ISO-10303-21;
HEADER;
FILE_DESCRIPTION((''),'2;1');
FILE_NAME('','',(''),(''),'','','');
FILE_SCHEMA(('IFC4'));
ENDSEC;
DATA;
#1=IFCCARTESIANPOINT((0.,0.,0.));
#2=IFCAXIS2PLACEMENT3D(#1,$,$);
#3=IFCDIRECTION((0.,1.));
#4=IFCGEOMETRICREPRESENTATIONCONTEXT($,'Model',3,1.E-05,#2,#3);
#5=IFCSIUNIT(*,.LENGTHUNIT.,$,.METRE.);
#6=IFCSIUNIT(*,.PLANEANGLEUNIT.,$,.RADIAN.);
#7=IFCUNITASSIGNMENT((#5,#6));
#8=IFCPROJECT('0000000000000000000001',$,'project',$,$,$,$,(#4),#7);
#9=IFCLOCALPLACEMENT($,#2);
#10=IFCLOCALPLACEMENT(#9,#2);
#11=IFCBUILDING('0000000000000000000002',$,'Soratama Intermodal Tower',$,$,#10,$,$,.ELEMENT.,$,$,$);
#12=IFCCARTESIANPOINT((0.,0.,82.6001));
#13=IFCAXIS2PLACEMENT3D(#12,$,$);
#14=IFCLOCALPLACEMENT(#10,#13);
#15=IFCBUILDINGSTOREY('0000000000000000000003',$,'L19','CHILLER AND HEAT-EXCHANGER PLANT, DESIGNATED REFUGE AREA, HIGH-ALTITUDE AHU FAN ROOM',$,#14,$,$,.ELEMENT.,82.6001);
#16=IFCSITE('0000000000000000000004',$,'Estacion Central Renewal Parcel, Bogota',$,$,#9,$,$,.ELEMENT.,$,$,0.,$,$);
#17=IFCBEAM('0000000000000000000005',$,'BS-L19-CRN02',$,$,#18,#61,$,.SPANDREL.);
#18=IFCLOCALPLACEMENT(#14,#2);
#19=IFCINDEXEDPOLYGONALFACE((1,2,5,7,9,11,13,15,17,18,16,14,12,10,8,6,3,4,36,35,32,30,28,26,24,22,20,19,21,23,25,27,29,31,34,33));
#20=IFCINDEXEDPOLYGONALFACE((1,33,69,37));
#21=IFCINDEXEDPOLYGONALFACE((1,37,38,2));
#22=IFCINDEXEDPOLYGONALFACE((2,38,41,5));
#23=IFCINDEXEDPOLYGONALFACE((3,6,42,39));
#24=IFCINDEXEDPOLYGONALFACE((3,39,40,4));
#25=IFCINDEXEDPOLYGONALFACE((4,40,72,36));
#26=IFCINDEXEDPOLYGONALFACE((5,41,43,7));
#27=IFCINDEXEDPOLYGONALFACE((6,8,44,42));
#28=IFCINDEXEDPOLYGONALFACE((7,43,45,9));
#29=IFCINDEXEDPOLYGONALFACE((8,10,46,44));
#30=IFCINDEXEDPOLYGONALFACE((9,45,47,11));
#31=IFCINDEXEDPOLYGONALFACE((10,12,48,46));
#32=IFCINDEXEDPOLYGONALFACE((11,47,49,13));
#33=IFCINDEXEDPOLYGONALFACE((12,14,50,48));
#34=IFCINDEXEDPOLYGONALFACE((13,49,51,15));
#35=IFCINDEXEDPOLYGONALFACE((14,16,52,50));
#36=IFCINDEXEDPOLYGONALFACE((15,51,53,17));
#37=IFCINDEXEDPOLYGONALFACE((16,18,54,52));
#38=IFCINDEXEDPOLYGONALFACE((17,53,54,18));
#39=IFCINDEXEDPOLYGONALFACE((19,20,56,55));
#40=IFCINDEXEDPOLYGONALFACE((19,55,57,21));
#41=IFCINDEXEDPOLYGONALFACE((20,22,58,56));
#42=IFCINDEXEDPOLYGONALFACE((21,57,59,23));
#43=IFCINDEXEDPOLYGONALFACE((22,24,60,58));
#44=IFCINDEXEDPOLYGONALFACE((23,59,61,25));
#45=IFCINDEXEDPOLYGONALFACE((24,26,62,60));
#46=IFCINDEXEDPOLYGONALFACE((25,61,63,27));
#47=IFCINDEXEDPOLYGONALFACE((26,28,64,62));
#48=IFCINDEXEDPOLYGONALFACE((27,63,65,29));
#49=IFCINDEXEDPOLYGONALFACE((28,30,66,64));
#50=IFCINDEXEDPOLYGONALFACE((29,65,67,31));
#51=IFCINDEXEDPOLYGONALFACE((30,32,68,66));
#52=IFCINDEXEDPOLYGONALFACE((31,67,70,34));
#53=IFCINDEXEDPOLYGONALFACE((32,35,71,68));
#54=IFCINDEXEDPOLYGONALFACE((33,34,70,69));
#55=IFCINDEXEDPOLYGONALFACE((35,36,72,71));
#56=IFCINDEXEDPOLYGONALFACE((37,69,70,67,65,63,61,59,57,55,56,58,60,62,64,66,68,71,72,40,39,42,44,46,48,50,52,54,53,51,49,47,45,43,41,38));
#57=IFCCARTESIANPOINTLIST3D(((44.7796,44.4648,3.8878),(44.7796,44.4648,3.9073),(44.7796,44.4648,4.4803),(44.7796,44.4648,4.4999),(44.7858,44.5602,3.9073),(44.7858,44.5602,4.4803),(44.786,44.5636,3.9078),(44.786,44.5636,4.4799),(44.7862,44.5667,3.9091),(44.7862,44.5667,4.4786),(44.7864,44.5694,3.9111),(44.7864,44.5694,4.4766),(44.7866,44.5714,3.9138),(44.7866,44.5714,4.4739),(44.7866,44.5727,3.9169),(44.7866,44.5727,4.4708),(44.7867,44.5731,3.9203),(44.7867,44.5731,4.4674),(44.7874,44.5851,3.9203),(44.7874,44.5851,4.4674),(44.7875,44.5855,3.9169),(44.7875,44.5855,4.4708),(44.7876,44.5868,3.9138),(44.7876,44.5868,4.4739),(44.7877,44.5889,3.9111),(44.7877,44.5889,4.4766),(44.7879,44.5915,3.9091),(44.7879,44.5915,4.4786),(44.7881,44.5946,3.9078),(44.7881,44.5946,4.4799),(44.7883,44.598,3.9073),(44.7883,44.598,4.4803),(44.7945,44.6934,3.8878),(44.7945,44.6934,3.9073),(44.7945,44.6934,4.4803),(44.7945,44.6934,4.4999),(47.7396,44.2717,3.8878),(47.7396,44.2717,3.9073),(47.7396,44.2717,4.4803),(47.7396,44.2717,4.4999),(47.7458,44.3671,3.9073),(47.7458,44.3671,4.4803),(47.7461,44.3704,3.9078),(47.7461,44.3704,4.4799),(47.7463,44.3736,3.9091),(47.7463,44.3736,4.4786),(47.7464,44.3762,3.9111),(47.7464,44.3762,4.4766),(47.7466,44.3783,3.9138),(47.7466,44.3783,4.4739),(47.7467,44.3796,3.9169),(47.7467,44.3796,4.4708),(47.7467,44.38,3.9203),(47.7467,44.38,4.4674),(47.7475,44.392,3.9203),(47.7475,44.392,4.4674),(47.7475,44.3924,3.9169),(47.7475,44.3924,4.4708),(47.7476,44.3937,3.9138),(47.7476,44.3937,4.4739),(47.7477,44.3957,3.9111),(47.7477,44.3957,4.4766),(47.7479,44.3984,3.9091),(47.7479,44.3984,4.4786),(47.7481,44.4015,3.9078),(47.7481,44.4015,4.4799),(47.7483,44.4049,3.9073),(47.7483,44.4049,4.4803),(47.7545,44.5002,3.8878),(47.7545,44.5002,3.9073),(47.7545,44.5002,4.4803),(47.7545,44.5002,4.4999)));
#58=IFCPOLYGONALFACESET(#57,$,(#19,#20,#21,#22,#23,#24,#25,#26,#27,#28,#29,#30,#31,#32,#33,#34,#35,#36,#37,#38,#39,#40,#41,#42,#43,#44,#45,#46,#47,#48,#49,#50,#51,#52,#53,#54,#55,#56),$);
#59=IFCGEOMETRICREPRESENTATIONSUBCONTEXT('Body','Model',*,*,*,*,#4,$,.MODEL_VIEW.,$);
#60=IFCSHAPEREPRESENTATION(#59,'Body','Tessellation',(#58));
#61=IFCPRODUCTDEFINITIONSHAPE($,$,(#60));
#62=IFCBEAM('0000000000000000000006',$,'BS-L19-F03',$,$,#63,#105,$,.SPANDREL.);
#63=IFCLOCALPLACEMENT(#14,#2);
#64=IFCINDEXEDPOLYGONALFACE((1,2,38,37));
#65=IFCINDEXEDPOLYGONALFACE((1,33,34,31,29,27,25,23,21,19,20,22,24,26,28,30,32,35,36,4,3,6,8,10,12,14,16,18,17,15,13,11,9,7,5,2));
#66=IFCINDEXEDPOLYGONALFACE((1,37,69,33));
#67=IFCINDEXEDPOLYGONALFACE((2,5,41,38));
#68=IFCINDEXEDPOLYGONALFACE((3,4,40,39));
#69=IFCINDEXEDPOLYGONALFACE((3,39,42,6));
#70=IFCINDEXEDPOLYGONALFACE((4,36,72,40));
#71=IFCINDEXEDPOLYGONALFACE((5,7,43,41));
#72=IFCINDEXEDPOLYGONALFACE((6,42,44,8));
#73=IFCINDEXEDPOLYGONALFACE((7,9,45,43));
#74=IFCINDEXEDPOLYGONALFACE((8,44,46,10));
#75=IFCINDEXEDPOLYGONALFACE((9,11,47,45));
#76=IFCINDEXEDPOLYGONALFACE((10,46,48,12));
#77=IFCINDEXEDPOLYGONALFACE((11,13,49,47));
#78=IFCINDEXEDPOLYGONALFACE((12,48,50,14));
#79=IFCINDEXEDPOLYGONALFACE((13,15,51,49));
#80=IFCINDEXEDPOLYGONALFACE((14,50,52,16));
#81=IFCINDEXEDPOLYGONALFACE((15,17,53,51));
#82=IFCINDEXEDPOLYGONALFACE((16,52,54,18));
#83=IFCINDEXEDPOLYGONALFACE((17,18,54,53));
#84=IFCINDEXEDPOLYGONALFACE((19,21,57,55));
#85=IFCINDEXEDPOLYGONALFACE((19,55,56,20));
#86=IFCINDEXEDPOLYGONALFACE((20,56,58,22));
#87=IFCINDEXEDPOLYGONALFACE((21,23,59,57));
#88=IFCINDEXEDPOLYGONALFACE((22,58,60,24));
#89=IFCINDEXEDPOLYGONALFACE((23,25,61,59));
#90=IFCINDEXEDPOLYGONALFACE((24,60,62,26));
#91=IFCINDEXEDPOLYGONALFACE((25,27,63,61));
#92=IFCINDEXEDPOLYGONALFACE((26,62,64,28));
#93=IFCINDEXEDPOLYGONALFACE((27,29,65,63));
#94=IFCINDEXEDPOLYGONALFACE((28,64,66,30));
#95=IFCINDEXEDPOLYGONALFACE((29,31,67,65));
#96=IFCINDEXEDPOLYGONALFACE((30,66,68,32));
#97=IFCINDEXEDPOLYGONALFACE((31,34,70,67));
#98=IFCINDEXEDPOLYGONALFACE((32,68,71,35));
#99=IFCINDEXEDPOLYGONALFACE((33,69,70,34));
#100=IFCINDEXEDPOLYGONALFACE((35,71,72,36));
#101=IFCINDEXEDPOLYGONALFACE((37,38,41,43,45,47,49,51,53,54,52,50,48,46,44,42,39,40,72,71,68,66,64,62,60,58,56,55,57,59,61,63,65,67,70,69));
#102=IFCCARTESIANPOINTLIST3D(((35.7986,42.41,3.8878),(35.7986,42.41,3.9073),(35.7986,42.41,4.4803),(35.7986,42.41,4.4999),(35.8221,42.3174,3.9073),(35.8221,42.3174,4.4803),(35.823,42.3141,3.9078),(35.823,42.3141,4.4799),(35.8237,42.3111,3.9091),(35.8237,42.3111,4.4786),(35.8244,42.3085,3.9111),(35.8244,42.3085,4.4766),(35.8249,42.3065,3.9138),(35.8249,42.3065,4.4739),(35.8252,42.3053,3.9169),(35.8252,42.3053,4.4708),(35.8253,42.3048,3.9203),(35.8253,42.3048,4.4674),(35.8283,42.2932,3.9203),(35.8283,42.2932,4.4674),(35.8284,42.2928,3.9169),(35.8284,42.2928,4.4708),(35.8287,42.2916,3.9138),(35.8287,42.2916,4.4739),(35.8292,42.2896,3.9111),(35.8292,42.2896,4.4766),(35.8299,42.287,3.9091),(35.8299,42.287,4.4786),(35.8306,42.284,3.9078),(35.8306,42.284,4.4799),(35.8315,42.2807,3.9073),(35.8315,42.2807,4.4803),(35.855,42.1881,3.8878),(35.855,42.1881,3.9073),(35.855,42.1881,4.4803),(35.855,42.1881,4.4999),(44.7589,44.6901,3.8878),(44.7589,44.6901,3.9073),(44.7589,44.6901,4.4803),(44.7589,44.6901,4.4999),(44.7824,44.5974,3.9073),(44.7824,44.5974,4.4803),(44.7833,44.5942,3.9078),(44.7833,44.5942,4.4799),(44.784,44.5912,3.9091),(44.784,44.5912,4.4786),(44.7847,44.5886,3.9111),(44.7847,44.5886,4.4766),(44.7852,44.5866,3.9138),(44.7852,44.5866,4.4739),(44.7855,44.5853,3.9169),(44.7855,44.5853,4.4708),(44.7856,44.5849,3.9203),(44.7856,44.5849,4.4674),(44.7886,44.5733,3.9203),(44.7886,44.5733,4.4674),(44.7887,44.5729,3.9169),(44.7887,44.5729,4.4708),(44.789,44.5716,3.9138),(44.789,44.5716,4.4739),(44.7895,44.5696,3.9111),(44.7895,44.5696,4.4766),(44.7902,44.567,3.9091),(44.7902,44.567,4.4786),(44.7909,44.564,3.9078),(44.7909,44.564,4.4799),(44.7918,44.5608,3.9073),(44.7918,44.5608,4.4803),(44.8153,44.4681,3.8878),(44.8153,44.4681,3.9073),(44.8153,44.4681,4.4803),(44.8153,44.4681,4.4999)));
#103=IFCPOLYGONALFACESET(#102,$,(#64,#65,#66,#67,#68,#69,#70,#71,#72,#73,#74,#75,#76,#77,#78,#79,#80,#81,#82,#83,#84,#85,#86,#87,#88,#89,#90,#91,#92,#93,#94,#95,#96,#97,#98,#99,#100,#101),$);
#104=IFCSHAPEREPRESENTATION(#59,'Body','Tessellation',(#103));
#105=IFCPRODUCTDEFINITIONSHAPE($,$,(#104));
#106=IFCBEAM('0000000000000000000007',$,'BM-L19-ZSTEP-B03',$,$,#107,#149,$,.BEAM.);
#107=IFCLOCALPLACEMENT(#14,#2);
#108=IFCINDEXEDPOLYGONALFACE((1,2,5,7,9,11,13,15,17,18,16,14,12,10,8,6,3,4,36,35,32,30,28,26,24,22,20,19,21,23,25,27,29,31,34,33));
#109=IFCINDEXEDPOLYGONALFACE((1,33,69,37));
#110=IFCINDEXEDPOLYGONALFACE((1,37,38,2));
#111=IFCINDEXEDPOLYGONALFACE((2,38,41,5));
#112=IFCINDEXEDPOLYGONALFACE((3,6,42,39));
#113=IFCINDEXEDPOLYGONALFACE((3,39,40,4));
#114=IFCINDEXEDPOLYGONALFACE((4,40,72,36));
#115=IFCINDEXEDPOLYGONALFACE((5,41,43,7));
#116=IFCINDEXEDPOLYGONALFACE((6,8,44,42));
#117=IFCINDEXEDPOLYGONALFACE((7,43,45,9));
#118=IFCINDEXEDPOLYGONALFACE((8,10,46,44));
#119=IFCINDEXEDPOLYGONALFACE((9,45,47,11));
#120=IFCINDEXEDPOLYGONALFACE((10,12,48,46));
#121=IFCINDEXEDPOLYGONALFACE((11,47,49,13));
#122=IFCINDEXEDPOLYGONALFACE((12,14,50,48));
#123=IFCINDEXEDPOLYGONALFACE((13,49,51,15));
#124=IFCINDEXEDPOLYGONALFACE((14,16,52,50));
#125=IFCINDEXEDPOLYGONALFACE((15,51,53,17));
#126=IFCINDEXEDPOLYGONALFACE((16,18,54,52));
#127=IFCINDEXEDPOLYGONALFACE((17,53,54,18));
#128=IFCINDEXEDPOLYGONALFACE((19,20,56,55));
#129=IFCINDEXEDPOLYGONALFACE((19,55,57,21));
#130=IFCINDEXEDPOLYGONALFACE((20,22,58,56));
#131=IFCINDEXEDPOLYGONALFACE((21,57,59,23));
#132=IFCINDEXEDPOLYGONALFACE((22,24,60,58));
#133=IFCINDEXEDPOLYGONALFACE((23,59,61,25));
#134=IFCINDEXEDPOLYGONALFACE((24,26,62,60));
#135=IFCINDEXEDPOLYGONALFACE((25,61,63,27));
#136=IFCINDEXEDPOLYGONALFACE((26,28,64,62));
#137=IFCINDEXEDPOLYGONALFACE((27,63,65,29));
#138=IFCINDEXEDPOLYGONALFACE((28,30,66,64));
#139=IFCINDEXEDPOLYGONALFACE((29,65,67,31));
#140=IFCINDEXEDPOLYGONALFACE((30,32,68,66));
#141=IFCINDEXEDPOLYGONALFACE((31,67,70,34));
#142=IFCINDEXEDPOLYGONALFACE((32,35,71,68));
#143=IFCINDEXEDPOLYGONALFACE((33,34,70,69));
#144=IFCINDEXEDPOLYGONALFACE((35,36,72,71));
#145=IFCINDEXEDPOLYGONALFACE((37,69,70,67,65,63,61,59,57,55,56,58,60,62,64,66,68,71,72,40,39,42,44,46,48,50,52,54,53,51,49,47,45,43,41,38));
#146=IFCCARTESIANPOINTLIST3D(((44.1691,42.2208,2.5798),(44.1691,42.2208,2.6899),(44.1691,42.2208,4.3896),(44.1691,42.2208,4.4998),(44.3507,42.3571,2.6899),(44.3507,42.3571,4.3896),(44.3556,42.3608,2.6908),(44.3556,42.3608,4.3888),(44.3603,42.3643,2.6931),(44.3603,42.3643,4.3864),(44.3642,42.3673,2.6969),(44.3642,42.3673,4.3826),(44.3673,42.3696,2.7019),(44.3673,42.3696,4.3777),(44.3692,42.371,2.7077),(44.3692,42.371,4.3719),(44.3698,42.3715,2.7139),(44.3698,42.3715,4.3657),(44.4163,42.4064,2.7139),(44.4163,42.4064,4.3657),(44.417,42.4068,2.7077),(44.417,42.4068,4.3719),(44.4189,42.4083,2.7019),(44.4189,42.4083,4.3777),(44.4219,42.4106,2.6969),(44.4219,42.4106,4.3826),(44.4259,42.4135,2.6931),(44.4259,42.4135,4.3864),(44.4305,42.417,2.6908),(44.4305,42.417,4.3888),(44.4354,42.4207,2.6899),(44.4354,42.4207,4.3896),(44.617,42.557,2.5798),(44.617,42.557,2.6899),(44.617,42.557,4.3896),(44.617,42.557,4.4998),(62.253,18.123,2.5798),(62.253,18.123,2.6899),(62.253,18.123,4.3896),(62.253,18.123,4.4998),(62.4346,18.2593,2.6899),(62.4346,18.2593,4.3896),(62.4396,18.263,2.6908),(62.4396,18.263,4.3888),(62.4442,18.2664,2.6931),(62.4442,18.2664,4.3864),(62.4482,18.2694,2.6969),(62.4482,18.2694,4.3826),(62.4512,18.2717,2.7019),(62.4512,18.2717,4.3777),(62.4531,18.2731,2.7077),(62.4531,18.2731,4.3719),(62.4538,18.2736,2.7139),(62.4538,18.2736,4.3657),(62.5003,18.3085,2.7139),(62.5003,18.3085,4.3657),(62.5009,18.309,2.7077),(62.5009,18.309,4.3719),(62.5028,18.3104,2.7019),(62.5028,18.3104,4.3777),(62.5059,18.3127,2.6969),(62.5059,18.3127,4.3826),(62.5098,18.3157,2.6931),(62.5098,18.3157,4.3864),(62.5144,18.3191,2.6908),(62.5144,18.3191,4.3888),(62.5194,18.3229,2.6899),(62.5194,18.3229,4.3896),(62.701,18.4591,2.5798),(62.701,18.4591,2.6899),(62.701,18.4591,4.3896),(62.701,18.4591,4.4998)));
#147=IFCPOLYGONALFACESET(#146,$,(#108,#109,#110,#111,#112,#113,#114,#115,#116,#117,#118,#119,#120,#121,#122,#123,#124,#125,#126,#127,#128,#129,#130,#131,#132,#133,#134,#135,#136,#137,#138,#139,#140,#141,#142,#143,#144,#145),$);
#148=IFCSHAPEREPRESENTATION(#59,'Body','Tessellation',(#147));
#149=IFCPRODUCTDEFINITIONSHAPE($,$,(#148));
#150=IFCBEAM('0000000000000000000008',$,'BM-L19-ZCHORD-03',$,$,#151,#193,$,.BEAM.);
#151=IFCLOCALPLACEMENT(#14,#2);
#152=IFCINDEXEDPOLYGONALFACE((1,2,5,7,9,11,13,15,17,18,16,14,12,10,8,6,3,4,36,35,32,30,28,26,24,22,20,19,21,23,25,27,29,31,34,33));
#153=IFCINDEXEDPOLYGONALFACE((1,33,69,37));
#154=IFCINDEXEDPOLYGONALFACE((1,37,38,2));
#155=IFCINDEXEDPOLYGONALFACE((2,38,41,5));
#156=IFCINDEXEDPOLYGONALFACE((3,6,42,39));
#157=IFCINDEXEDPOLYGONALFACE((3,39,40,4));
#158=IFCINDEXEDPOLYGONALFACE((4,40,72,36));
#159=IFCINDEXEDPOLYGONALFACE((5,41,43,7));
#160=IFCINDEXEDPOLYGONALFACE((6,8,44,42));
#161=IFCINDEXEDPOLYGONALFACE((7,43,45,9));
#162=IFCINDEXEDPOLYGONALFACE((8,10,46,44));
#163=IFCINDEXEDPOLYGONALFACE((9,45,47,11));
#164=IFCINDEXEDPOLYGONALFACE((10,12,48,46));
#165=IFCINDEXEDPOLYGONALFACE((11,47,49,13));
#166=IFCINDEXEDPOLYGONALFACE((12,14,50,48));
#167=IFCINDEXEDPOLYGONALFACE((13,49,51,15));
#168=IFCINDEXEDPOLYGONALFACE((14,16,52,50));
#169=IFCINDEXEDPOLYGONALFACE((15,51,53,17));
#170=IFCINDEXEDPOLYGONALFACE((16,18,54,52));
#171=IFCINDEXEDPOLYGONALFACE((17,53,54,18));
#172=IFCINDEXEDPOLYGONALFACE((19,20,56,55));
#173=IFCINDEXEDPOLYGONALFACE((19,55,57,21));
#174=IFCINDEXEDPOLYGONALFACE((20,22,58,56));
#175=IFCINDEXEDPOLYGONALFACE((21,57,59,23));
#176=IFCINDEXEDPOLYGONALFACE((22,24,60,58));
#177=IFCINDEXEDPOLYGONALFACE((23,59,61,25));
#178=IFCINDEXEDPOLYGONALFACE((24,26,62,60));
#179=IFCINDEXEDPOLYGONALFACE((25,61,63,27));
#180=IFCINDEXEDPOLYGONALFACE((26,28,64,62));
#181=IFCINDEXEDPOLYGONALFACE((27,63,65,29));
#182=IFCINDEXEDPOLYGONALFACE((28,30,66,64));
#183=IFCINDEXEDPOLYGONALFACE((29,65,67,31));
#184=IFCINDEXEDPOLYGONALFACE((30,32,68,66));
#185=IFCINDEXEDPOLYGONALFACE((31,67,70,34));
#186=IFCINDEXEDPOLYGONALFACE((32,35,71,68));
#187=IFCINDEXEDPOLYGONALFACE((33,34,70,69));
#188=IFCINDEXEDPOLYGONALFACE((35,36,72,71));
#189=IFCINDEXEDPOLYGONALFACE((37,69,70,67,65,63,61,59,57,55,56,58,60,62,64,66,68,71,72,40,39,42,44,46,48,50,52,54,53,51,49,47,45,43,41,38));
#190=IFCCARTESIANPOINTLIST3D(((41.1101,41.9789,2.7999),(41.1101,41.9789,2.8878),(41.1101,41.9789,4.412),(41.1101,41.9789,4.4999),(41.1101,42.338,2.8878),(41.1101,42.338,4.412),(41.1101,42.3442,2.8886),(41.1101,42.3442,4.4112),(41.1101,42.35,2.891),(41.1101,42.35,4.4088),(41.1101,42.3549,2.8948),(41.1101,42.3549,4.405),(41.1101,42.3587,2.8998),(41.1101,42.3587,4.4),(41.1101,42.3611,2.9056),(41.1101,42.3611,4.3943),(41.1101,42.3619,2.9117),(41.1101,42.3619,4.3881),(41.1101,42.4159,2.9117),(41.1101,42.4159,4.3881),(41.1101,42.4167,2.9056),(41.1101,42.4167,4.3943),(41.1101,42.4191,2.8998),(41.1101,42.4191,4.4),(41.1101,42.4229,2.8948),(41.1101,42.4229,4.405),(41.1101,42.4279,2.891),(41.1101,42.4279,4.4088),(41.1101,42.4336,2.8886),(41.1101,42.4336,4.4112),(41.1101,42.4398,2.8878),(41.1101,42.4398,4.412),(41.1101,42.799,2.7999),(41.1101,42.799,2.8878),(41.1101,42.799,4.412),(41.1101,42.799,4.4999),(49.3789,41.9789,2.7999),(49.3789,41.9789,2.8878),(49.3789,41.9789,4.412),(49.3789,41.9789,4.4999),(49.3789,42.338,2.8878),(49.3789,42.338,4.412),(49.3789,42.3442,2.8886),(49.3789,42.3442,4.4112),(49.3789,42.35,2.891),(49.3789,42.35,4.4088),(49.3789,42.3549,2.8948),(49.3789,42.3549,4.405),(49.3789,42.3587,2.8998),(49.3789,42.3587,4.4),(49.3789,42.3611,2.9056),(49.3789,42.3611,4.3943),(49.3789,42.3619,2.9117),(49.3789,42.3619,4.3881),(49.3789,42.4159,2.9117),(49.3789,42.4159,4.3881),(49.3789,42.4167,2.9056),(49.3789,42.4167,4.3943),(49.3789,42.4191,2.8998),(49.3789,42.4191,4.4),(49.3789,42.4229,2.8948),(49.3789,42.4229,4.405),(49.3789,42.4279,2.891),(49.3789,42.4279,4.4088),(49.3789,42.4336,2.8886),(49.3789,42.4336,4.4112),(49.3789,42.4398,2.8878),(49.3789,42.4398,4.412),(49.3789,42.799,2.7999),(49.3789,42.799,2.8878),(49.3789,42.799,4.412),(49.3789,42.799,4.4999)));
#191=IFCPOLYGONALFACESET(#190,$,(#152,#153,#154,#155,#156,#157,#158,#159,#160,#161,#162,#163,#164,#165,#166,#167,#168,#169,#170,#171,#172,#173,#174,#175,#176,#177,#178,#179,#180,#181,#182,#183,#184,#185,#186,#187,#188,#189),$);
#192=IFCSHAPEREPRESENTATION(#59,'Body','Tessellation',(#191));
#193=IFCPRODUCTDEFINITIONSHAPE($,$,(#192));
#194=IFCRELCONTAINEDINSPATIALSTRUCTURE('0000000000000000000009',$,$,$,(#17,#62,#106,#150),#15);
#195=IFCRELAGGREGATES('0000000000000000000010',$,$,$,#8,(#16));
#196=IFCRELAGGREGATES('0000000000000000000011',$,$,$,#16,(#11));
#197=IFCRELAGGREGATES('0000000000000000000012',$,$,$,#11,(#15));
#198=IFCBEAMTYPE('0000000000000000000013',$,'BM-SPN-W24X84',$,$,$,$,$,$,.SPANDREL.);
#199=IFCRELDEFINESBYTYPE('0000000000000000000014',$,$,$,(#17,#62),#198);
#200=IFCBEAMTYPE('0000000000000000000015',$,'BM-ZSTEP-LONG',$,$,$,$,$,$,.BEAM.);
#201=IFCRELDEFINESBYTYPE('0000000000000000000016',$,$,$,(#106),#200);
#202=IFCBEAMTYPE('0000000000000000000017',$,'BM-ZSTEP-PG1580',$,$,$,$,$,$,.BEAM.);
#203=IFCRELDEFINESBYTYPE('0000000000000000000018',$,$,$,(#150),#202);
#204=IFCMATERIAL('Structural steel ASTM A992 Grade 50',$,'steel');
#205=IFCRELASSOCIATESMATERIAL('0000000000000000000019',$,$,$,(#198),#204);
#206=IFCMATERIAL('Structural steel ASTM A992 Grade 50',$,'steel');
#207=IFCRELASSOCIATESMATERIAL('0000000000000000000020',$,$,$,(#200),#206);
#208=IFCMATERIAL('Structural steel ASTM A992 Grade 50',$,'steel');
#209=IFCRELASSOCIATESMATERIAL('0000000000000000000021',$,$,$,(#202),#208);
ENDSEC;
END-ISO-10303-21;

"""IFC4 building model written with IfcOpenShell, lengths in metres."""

from ifc_helpers import new_model, si_unit, direction, frame, origin, origin_2d, place, context, subcontext, project, spatial, i_section, extrude, material, material_profile, profile_set, type_object, element, save


model = new_model("IFC4")

# Units and contexts
model_context = context("Model", 3, precision=1e-05, world=origin(), true_north=direction((0.0, 1.0)))
body_context = subcontext(model_context, "Body", "Model", "MODEL_VIEW")
ifc_project = project(units=[si_unit("LENGTHUNIT", "METRE"), si_unit("PLANEANGLEUNIT", "RADIAN")], contexts=[model_context])

# Site, building, storey
site_placement = place(None, origin())
site = spatial("IfcSite", under=ifc_project, at=site_placement, Name="Estacion Central Renewal Parcel, Bogota", CompositionType="ELEMENT", RefElevation=0.0)
building_placement = place(site_placement, origin())
building = spatial("IfcBuilding", under=site, at=building_placement, Name="Soratama Intermodal Tower", CompositionType="ELEMENT")
storey_placement = place(building_placement, frame((0.0, 0.0, 82.6001)))
storey = spatial("IfcBuildingStorey", under=building, at=storey_placement, Name="L19", Description="CHILLER AND HEAT-EXCHANGER PLANT, DESIGNATED REFUGE AREA, HIGH-ALTITUDE AHU FAN ROOM", CompositionType="ELEMENT", Elevation=82.6001)

# Beams
ifc_material_1 = material(Name="Structural steel ASTM A992 Grade 50", Category="steel")
ifc_material_profile_1 = material_profile(ifc_material_1, i_section(OverallWidth=0.229, OverallDepth=0.6121, WebThickness=0.012, FlangeThickness=0.0195, FilletRadius=0.0129, at=origin_2d()), Name="W24X84")
ifc_profile_set_1 = profile_set([ifc_material_profile_1], Name="Structural steel ASTM A992 Grade 50")
beam_type_1 = type_object("IfcBeamType", Name="BM-SPN-W24X84", PredefinedType="SPANDREL", material=ifc_profile_set_1)
beam_1_placement = place(storey_placement, frame((47.7471, 44.386, 4.1938), z_axis=(-0.997878, 0.065104, 0.0), x_axis=(-0.065104, -0.997878, 0.0)))
element("IfcBeam", 1, at=beam_1_placement, inside=storey, type_object=beam_type_1, Name="BS-L19-CRN02", PredefinedType="SPANDREL", context=body_context, shape_type="SweptSolid", body=[
    extrude(i_section(OverallWidth=0.229, OverallDepth=0.6121, WebThickness=0.012, FlangeThickness=0.0195, FilletRadius=0.0129, at=origin_2d()), origin(), (0.0, 0.0, 1.0), 2.9663),
])
beam_2_placement = place(storey_placement, frame((44.7871, 44.5791, 4.1938), z_axis=(-0.969117, -0.246603, 0.0), x_axis=(0.246603, -0.969117, 0.0)))
element("IfcBeam", 2, at=beam_2_placement, inside=storey, type_object=beam_type_1, Name="BS-L19-F03", PredefinedType="SPANDREL", context=body_context, shape_type="SweptSolid", body=[
    extrude(i_section(OverallWidth=0.229, OverallDepth=0.6121, WebThickness=0.012, FlangeThickness=0.0195, FilletRadius=0.0129, at=origin_2d()), origin(), (0.0, 0.0, 1.0), 9.2458),
])
ifc_material_2 = material(Name="Structural steel ASTM A992 Grade 50", Category="steel")
ifc_material_profile_2 = material_profile(ifc_material_2, i_section(OverallWidth=0.5601, OverallDepth=1.9199, WebThickness=0.0581, FlangeThickness=0.1101, FilletRadius=0.0239, at=origin_2d()), Name="PG2150X720")
ifc_profile_set_2 = profile_set([ifc_material_profile_2], Name="Structural steel ASTM A992 Grade 50")
beam_type_2 = type_object("IfcBeamType", Name="BM-ZSTEP-LONG", PredefinedType="BEAM", material=ifc_profile_set_2)
beam_3_placement = place(storey_placement, frame((44.3931, 42.3889, 3.5398), z_axis=(0.600224, -0.799832, 0.0), x_axis=(0.799832, 0.600224, 0.0)))
element("IfcBeam", 3, at=beam_3_placement, inside=storey, type_object=beam_type_2, Name="BM-L19-ZSTEP-B03", PredefinedType="BEAM", context=body_context, shape_type="SweptSolid", body=[
    extrude(i_section(OverallWidth=0.5601, OverallDepth=1.9199, WebThickness=0.0581, FlangeThickness=0.1101, FilletRadius=0.0239, at=origin_2d()), origin(), (0.0, 0.0, 1.0), 30.1287),
])
ifc_material_3 = material(Name="Structural steel ASTM A992 Grade 50", Category="steel")
ifc_material_profile_3 = material_profile(ifc_material_3, i_section(OverallWidth=0.8201, OverallDepth=1.7, WebThickness=0.054, FlangeThickness=0.0879, FilletRadius=0.0239, at=origin_2d()), Name="PG1580X800")
ifc_profile_set_3 = profile_set([ifc_material_profile_3], Name="Structural steel ASTM A992 Grade 50")
beam_type_3 = type_object("IfcBeamType", Name="BM-ZSTEP-PG1580", PredefinedType="BEAM", material=ifc_profile_set_3)
beam_4_placement = place(storey_placement, frame((41.1101, 42.3889, 3.6499), z_axis=(1.0, 0.0, 0.0), x_axis=(0.0, 1.0, 0.0)))
element("IfcBeam", 4, at=beam_4_placement, inside=storey, type_object=beam_type_3, Name="BM-L19-ZCHORD-03", PredefinedType="BEAM", context=body_context, shape_type="SweptSolid", body=[
    extrude(i_section(OverallWidth=0.8201, OverallDepth=1.7, WebThickness=0.054, FlangeThickness=0.0879, FilletRadius=0.0239, at=origin_2d()), origin(), (0.0, 0.0, 1.0), 8.2688),
])

save(model, "model.ifc")
